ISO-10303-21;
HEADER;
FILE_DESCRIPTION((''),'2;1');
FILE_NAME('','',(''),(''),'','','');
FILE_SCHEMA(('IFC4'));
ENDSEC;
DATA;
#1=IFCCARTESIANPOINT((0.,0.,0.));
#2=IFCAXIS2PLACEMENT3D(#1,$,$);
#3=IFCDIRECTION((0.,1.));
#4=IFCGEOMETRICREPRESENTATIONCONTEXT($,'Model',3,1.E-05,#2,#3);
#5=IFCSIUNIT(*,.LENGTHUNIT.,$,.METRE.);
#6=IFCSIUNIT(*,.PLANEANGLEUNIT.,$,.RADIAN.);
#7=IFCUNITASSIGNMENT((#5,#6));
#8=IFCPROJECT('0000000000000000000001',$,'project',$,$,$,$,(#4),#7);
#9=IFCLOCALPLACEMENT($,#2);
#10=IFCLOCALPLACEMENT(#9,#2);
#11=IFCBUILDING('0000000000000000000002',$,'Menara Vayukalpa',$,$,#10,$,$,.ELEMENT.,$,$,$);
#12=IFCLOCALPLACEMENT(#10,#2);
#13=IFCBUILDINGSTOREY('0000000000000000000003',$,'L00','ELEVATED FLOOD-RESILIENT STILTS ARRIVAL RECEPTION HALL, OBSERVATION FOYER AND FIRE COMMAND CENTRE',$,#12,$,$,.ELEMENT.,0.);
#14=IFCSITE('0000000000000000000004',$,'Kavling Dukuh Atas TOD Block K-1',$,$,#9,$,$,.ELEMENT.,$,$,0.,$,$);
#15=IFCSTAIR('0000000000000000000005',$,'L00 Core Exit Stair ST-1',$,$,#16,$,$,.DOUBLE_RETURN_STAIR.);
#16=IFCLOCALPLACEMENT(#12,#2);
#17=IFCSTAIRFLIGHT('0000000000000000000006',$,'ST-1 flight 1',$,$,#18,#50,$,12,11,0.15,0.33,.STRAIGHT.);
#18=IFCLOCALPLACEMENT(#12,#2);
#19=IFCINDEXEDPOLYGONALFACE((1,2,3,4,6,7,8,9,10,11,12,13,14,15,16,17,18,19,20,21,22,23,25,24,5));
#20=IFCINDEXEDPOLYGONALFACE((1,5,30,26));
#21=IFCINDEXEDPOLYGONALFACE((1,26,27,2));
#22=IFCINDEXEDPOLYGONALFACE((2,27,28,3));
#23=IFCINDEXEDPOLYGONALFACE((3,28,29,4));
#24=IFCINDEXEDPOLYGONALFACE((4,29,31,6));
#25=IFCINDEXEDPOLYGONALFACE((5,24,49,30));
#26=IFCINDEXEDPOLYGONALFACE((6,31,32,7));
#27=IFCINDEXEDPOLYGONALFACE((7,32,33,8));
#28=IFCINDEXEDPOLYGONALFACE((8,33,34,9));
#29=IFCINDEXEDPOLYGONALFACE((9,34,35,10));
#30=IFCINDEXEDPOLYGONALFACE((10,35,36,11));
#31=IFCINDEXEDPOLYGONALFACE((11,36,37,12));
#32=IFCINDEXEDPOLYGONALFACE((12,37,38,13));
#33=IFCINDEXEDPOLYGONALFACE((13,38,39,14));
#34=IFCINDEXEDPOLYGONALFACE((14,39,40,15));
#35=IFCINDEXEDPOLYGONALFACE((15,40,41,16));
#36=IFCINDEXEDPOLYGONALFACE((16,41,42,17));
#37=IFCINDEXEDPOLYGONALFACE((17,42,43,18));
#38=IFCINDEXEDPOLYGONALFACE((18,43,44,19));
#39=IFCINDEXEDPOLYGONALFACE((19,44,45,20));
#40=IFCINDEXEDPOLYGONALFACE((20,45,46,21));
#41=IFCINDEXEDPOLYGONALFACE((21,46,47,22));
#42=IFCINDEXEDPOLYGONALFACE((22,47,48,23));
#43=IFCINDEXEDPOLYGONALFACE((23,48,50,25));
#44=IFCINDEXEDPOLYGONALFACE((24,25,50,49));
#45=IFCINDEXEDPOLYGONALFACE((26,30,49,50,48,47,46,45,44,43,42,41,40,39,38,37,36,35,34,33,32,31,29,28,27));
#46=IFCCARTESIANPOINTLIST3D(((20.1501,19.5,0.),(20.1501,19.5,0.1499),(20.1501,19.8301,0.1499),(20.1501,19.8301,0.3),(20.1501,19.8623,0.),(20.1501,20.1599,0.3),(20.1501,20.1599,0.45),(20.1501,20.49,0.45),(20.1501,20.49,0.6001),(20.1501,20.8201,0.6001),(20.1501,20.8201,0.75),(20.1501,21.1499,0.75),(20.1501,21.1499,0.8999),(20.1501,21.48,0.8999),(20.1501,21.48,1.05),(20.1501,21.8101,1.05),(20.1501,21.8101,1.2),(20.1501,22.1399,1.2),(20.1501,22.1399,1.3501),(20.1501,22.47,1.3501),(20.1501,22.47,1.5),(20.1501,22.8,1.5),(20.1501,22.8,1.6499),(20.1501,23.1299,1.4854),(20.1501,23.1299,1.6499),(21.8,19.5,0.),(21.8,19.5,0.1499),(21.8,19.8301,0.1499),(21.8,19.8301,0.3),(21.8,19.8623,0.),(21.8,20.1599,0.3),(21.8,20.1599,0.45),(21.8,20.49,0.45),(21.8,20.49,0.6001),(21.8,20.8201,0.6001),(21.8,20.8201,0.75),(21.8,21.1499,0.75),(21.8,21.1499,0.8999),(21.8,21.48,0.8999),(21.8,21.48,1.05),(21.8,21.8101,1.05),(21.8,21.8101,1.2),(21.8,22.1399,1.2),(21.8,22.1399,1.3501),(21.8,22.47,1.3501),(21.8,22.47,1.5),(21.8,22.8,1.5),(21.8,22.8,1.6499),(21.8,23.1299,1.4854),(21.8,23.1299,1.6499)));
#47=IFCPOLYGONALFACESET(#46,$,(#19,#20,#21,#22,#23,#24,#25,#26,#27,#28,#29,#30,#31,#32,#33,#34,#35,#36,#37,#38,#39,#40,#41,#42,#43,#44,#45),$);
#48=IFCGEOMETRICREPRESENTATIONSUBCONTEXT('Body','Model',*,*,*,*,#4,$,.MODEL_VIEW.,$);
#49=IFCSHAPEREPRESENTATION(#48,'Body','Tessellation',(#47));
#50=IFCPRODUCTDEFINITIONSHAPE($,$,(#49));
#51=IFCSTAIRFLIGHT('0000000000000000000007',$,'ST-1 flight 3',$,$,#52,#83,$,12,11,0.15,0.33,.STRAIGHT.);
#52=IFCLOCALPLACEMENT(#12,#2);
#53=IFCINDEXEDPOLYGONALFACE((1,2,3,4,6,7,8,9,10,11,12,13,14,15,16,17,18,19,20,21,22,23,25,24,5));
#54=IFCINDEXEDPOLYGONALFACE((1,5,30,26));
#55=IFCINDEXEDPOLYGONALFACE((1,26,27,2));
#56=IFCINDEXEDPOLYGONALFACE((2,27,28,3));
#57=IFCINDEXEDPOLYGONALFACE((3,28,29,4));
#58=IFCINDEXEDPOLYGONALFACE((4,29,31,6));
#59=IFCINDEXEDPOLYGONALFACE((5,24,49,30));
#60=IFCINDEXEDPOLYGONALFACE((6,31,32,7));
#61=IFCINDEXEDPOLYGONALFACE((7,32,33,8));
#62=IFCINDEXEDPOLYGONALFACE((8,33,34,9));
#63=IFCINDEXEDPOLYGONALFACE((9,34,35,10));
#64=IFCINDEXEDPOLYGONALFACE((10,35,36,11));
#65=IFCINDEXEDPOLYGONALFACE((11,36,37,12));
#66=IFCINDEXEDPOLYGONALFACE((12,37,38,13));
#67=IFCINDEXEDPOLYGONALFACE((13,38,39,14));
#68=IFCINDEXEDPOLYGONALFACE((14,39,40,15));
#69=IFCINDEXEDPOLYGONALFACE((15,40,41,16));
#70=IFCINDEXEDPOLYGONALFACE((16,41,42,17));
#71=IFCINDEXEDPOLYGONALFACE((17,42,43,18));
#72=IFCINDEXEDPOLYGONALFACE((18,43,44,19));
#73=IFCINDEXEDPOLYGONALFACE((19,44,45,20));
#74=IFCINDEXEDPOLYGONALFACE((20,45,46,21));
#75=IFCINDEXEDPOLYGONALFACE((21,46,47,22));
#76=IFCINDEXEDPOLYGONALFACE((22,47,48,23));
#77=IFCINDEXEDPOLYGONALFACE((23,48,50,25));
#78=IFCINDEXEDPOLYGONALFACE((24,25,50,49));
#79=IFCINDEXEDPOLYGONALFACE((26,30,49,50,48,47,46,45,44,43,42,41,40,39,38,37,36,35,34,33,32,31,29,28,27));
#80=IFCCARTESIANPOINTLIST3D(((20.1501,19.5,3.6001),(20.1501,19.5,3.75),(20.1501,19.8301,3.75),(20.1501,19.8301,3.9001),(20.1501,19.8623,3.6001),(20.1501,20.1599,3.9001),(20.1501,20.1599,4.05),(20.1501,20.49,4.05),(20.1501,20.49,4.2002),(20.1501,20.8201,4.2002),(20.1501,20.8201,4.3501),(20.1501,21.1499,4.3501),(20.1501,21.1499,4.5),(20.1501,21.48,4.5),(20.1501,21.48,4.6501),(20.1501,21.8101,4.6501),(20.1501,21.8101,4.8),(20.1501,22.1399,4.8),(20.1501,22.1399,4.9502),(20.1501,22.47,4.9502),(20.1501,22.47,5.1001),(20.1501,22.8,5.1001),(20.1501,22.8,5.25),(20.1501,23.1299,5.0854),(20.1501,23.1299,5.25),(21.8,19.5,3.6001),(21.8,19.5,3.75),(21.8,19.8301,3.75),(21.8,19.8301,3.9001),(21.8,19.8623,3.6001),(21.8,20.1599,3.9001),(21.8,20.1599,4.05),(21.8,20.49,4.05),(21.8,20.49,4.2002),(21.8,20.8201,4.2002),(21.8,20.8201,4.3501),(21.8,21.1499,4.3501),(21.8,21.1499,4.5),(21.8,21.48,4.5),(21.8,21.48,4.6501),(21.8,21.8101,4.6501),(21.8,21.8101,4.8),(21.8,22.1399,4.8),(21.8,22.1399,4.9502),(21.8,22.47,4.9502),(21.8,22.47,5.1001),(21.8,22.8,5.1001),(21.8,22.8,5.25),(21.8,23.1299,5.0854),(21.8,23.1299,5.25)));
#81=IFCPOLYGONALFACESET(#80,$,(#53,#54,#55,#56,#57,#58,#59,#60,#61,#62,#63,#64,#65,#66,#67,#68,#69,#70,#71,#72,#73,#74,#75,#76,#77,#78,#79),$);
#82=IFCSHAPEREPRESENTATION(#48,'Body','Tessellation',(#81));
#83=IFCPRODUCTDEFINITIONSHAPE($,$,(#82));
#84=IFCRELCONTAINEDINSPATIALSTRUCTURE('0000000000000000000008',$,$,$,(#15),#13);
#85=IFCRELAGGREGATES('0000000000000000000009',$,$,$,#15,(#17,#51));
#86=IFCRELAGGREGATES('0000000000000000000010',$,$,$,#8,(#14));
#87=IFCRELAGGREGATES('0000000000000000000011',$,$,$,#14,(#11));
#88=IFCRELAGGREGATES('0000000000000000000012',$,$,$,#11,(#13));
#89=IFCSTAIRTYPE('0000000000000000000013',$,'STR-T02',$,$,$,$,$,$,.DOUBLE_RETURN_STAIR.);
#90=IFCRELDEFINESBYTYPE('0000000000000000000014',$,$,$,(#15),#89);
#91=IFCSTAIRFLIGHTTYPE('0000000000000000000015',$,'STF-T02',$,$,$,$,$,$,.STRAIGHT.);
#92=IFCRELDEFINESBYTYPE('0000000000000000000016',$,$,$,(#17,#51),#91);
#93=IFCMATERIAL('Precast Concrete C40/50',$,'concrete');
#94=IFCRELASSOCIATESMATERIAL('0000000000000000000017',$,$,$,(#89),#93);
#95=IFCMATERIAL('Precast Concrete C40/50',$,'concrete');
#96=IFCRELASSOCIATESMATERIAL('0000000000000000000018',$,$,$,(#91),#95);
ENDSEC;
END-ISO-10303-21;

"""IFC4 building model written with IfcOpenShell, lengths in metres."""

from ifc_helpers import new_model, si_unit, direction, frame, origin, place, context, subcontext, project, spatial, polyline, outline, extrude, material, type_object, element, aggregate, save


model = new_model("IFC4")

# Units and contexts
model_context = context("Model", 3, precision=1e-05, world=origin(), true_north=direction((0.0, 1.0)))
body_context = subcontext(model_context, "Body", "Model", "MODEL_VIEW")
ifc_project = project(units=[si_unit("LENGTHUNIT", "METRE"), si_unit("PLANEANGLEUNIT", "RADIAN")], contexts=[model_context])

# Site, building, storey
site_placement = place(None, origin())
site = spatial("IfcSite", under=ifc_project, at=site_placement, Name="Kavling Dukuh Atas TOD Block K-1", CompositionType="ELEMENT", RefElevation=0.0)
building_placement = place(site_placement, origin())
building = spatial("IfcBuilding", under=site, at=building_placement, Name="Menara Vayukalpa", CompositionType="ELEMENT")
storey_placement = place(building_placement, origin())
storey = spatial("IfcBuildingStorey", under=building, at=storey_placement, Name="L00", Description="ELEVATED FLOOD-RESILIENT STILTS ARRIVAL RECEPTION HALL, OBSERVATION FOYER AND FIRE COMMAND CENTRE", CompositionType="ELEMENT", Elevation=0.0)

# Stair, stair flights
ifc_material_1 = material(Name="Precast Concrete C40/50", Category="concrete")
stair_type = type_object("IfcStairType", Name="STR-T02", PredefinedType="DOUBLE_RETURN_STAIR", material=ifc_material_1)
stair_placement = place(storey_placement, origin())
stair = element("IfcStair", 1, at=stair_placement, inside=storey, type_object=stair_type, Name="L00 Core Exit Stair ST-1", PredefinedType="DOUBLE_RETURN_STAIR")
ifc_material_2 = material(Name="Precast Concrete C40/50", Category="concrete")
stair_flight_type = type_object("IfcStairFlightType", Name="STF-T02", PredefinedType="STRAIGHT", material=ifc_material_2)
stair_flight_1_placement = place(storey_placement, frame((20.9751, 19.5, 0.0), z_axis=(0.0, 0.0, 1.0), x_axis=(0.0, 1.0, 0.0)))
stair_flight_1 = element("IfcStairFlight", 2, at=stair_flight_1_placement, type_object=stair_flight_type, Name="ST-1 flight 1", NumberOfRisers=12, NumberOfTreads=11, PredefinedType="STRAIGHT", RiserHeight=0.15, TreadLength=0.33, context=body_context, shape_type="SweptSolid", body=[
    extrude(outline(polyline([(0.0, 0.0), (0.0, 0.1499), (0.3301, 0.1499), (0.3301, 0.3), (0.6599, 0.3), (0.6599, 0.45), (0.99, 0.45), (0.99, 0.6001), (1.3201, 0.6001), (1.3201, 0.75), (1.6499, 0.75), (1.6499, 0.8999), (1.98, 0.8999), (1.98, 1.05), (2.3101, 1.05), (2.3101, 1.2), (2.6399, 1.2), (2.6399, 1.3501), (2.97, 1.3501), (2.97, 1.5), (3.3, 1.5), (3.3, 1.6499), (3.6299, 1.6499), (3.6299, 1.8), (3.6299, 1.4854), (0.3623, 0.0), (0.0, 0.0)])), frame((0.0, 0.825, 0.0), z_axis=(0.0, -1.0, 0.0), x_axis=(1.0, 0.0, 0.0)), (0.0, 0.0, 1.0), 1.6499),
])
stair_flight_2_placement = place(storey_placement, frame((20.9751, 19.5, 3.6001), z_axis=(0.0, 0.0, 1.0), x_axis=(0.0, 1.0, 0.0)))
stair_flight_2 = element("IfcStairFlight", 3, at=stair_flight_2_placement, type_object=stair_flight_type, Name="ST-1 flight 3", NumberOfRisers=12, NumberOfTreads=11, PredefinedType="STRAIGHT", RiserHeight=0.15, TreadLength=0.33, context=body_context, shape_type="SweptSolid", body=[
    extrude(outline(polyline([(0.0, 0.0), (0.0, 0.1499), (0.3301, 0.1499), (0.3301, 0.3), (0.6599, 0.3), (0.6599, 0.45), (0.99, 0.45), (0.99, 0.6001), (1.3201, 0.6001), (1.3201, 0.75), (1.6499, 0.75), (1.6499, 0.8999), (1.98, 0.8999), (1.98, 1.05), (2.3101, 1.05), (2.3101, 1.2), (2.6399, 1.2), (2.6399, 1.3501), (2.97, 1.3501), (2.97, 1.5), (3.3, 1.5), (3.3, 1.6499), (3.6299, 1.6499), (3.6299, 1.8), (3.6299, 1.4854), (0.3623, 0.0), (0.0, 0.0)])), frame((0.0, 0.825, 0.0), z_axis=(0.0, -1.0, 0.0), x_axis=(1.0, 0.0, 0.0)), (0.0, 0.0, 1.0), 1.6499),
])
aggregate(stair, [stair_flight_1, stair_flight_2])

save(model, "model.ifc")
